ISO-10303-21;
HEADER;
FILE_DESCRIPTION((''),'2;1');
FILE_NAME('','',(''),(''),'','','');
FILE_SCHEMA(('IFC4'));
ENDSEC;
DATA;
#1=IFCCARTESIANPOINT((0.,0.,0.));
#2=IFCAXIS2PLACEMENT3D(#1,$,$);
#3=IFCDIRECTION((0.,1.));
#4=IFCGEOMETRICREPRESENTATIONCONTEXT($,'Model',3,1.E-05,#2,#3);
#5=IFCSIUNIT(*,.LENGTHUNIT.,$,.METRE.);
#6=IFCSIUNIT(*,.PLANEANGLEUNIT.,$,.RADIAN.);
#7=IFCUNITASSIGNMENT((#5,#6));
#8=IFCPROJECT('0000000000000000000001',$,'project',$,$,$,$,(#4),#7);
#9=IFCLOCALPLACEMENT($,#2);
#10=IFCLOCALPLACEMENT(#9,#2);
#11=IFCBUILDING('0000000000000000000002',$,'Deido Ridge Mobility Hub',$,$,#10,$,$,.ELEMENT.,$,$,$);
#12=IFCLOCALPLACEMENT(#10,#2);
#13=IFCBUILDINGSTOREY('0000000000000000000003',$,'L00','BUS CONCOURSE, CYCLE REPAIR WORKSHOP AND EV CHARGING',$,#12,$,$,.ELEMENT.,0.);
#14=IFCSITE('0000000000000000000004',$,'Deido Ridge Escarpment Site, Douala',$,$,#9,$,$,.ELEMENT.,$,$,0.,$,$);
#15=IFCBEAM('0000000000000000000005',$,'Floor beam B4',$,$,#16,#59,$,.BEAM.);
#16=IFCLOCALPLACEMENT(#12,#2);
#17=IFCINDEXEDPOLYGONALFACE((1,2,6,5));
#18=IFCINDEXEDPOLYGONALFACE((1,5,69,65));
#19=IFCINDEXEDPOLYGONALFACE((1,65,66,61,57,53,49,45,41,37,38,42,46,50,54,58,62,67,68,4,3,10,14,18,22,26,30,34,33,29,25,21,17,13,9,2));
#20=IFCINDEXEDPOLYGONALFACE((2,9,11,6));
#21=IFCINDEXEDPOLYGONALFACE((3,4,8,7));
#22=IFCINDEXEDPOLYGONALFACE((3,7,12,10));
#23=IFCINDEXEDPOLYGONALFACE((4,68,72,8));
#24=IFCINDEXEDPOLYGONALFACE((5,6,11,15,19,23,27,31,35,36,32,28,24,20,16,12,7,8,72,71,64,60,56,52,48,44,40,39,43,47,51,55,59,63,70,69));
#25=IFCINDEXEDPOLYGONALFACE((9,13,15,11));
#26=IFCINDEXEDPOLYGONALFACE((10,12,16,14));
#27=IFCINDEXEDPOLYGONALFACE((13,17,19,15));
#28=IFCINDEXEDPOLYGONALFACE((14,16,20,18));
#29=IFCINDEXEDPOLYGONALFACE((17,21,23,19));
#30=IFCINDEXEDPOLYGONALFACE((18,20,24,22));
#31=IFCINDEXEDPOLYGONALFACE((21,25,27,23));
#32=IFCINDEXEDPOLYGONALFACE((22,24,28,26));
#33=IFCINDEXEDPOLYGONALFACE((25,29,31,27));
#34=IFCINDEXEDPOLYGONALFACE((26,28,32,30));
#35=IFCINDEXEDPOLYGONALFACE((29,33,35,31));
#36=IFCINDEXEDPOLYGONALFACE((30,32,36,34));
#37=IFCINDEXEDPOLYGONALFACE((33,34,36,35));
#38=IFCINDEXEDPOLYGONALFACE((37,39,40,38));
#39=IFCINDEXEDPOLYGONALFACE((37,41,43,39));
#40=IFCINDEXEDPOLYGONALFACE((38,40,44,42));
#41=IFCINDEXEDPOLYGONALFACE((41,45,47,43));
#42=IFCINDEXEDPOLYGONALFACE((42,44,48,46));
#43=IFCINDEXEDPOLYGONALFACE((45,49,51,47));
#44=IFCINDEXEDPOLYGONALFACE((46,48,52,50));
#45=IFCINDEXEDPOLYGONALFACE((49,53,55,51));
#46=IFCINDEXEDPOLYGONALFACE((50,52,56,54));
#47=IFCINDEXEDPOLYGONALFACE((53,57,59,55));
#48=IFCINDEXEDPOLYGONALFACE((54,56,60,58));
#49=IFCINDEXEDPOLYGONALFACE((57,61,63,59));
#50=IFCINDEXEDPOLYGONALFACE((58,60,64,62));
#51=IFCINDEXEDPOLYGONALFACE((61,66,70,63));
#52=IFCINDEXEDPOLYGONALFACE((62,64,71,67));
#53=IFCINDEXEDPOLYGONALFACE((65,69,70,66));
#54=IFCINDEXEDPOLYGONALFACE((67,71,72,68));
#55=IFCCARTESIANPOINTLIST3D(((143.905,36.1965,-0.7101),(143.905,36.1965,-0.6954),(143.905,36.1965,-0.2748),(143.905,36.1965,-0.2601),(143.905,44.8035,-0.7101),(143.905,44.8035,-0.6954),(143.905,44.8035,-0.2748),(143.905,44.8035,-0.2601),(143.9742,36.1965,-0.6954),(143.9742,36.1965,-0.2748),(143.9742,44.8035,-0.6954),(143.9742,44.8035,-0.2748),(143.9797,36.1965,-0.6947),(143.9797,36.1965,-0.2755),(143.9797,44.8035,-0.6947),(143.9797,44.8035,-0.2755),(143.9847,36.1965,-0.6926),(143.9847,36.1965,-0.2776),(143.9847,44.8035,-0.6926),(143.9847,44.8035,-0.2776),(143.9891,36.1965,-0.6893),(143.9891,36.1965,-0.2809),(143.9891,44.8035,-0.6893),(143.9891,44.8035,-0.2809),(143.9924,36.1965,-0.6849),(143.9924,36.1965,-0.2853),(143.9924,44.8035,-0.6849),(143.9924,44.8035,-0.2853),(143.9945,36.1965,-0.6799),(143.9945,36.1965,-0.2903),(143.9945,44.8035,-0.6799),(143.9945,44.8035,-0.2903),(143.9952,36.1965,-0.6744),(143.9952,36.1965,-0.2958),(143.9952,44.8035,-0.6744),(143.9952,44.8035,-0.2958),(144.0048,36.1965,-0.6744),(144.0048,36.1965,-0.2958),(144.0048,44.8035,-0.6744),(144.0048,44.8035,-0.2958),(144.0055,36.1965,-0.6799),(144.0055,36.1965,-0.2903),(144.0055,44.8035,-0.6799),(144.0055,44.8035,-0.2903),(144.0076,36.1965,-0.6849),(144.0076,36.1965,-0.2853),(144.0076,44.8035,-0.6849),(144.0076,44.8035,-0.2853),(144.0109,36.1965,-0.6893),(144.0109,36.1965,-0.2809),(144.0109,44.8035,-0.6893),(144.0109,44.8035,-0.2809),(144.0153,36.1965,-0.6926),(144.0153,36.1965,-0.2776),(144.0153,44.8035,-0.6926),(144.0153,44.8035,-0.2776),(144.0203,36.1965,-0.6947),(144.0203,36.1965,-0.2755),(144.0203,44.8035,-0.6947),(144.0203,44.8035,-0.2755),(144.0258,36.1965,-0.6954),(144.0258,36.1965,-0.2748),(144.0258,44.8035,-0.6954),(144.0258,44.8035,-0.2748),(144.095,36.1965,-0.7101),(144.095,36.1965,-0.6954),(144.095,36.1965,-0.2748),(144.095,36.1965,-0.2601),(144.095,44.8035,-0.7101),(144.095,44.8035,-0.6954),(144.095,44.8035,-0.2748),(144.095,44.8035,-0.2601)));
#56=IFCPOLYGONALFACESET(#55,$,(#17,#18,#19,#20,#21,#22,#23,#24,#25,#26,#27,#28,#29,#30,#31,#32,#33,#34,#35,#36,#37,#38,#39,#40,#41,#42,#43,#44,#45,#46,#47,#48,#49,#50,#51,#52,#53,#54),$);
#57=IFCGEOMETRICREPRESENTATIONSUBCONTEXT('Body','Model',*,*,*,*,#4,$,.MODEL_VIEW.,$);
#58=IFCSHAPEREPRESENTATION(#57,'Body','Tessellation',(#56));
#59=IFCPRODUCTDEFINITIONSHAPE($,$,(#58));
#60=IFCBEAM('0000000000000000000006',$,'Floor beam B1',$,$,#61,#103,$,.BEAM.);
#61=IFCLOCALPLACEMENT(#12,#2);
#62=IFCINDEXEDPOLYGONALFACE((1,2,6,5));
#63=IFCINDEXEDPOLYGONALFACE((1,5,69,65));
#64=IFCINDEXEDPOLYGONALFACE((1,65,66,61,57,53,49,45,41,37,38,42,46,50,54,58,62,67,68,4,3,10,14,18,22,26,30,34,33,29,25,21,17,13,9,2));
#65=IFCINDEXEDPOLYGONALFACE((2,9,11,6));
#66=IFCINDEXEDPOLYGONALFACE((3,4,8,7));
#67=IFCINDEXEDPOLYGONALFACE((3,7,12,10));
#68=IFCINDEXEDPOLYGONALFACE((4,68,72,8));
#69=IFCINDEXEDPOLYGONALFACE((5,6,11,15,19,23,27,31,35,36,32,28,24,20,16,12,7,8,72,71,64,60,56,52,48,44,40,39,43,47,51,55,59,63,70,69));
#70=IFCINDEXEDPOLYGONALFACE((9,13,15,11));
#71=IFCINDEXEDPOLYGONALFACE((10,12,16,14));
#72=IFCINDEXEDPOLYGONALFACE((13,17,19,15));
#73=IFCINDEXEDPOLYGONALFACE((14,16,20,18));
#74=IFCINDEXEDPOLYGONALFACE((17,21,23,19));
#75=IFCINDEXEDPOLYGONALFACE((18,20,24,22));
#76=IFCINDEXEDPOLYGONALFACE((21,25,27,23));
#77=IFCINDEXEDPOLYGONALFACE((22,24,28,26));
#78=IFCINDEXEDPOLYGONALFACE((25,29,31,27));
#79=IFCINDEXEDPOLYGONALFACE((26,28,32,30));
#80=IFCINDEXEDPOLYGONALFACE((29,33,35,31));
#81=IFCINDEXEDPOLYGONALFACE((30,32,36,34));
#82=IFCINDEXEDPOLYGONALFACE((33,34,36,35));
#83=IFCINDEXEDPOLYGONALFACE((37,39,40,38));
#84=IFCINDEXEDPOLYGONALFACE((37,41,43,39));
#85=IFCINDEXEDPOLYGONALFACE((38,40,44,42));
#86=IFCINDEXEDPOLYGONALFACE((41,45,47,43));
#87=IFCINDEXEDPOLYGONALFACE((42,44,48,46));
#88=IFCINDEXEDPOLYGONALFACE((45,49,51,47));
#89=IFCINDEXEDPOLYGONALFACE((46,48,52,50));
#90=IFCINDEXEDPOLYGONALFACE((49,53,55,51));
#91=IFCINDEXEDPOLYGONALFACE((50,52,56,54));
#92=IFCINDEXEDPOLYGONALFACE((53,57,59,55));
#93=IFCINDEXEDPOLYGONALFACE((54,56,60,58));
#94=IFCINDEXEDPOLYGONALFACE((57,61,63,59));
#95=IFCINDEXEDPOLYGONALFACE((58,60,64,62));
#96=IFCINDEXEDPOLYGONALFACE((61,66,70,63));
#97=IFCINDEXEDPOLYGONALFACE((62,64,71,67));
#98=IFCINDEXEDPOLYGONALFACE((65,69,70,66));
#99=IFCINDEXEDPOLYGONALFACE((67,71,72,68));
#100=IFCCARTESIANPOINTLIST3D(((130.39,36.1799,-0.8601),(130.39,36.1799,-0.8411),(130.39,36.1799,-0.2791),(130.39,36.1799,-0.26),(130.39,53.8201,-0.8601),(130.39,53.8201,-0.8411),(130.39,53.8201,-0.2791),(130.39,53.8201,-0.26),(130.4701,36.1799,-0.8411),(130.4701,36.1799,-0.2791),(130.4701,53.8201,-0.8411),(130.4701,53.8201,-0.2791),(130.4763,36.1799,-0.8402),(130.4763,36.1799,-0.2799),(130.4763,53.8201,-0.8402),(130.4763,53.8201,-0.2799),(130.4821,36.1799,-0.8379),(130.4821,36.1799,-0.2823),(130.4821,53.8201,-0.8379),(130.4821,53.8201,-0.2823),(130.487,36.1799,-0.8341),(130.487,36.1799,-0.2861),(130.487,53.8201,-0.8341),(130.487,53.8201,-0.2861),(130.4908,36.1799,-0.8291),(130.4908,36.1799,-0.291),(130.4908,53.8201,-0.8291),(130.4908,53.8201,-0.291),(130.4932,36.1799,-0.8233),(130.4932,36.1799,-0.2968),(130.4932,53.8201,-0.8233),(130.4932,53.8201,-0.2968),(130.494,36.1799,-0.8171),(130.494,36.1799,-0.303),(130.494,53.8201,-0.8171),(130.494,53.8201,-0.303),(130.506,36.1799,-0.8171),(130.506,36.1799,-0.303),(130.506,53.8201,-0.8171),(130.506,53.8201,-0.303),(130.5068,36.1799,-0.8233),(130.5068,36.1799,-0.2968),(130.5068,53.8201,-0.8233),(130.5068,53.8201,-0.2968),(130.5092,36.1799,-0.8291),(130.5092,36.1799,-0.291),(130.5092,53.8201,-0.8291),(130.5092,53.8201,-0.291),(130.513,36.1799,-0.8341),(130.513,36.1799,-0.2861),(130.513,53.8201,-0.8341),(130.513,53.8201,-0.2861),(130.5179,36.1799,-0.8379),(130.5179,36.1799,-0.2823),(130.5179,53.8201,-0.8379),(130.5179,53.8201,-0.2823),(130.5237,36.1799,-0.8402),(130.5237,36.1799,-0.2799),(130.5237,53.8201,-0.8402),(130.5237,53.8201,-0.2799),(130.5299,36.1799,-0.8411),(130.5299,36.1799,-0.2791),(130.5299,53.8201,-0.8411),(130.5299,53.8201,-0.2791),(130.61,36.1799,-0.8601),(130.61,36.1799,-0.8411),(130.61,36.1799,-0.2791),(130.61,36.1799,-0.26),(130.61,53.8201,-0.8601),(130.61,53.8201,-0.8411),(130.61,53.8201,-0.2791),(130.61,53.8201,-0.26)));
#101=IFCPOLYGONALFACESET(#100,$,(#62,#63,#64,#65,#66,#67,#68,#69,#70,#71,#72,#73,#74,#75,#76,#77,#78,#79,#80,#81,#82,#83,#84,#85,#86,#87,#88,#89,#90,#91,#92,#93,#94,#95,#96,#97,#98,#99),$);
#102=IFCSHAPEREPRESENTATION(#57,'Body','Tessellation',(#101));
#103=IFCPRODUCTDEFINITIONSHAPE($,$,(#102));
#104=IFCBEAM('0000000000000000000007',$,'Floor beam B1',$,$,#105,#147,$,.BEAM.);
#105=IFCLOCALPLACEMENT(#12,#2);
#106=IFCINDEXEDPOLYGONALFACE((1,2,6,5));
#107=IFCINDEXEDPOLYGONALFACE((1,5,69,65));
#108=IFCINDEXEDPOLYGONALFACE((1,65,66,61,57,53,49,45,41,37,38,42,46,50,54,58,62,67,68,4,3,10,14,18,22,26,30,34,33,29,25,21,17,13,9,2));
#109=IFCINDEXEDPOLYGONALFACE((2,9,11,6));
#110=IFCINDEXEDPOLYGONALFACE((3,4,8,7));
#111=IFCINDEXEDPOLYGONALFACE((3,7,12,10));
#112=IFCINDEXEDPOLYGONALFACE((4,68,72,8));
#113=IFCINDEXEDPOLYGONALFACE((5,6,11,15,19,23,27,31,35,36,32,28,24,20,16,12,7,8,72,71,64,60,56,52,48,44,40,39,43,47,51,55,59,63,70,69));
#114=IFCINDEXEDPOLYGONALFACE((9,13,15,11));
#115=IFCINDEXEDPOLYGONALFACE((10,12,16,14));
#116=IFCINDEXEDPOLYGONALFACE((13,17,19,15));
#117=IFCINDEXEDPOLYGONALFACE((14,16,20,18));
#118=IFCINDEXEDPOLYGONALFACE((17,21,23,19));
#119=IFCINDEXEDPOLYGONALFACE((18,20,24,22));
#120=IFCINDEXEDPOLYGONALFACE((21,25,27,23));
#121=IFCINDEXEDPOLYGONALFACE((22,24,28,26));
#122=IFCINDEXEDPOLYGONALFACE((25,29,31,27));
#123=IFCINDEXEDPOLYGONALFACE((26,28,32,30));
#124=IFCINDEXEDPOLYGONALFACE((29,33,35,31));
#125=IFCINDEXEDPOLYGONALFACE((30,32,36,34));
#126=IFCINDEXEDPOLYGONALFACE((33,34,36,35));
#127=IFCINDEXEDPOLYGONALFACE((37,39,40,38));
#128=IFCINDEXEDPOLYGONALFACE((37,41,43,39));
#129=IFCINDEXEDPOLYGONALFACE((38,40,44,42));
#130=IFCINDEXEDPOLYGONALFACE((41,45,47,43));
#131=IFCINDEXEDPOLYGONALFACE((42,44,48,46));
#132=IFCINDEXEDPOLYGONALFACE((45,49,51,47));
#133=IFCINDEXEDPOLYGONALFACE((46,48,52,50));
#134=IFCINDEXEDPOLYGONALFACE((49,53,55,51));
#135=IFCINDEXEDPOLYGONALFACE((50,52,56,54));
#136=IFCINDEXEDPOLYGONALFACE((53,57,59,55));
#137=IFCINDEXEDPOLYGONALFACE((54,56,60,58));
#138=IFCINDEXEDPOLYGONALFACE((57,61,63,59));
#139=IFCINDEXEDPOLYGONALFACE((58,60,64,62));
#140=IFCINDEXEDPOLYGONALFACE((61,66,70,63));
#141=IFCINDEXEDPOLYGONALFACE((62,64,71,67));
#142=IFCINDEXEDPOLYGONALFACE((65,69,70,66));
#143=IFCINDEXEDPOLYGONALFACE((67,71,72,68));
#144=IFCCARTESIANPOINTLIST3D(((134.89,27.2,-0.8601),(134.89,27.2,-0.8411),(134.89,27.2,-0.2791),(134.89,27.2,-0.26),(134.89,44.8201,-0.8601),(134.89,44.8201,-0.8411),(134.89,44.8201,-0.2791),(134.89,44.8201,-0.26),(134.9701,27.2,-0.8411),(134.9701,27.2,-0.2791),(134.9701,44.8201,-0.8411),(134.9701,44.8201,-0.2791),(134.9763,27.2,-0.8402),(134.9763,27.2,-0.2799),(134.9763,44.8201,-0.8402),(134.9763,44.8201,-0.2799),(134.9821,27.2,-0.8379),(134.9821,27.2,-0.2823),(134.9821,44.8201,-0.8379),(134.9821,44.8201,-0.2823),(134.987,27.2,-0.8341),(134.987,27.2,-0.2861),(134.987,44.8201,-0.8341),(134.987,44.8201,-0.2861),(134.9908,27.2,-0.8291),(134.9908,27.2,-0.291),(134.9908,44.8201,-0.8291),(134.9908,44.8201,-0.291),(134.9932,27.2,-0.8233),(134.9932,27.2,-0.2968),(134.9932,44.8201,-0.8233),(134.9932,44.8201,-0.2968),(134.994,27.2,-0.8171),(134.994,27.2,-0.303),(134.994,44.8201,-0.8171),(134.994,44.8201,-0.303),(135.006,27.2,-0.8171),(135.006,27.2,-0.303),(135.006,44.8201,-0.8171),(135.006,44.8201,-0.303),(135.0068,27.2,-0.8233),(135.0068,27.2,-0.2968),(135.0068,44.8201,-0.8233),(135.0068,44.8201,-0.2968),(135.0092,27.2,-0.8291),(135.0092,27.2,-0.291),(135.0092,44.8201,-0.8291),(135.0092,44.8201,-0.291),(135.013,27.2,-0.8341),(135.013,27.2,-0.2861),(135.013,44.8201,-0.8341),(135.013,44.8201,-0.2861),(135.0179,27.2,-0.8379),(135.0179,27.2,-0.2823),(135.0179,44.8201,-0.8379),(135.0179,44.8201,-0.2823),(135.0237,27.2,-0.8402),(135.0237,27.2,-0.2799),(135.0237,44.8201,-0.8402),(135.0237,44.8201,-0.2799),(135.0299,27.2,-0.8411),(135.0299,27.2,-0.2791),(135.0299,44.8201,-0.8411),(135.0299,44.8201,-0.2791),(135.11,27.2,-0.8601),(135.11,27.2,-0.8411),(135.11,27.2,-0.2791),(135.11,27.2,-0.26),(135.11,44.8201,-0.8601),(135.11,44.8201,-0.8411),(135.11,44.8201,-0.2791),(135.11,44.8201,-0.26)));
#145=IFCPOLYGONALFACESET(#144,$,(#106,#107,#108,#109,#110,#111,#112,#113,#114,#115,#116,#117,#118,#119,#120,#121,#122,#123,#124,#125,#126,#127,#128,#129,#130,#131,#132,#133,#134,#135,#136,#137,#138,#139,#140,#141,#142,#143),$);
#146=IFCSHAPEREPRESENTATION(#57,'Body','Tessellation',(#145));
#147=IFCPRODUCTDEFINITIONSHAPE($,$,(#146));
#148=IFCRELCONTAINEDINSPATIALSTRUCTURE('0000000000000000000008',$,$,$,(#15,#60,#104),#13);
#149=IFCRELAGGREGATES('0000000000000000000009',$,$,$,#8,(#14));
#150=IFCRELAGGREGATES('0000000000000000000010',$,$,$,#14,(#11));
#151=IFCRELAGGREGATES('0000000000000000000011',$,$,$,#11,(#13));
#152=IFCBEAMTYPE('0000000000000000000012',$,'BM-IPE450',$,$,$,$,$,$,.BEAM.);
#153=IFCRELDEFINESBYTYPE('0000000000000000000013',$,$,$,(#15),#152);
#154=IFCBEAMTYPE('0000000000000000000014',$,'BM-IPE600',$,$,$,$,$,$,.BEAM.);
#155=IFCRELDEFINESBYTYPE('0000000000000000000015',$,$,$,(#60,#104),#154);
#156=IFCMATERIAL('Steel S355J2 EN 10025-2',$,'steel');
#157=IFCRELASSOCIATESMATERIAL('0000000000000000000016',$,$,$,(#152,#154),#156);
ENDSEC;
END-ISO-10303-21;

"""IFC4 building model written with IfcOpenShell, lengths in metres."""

from ifc_helpers import new_model, si_unit, direction, frame, origin, origin_2d, place, context, subcontext, project, spatial, i_section, extrude, material, material_profile, profile_set, type_object, element, save


model = new_model("IFC4")

# Units and contexts
model_context = context("Model", 3, precision=1e-05, world=origin(), true_north=direction((0.0, 1.0)))
body_context = subcontext(model_context, "Body", "Model", "MODEL_VIEW")
ifc_project = project(units=[si_unit("LENGTHUNIT", "METRE"), si_unit("PLANEANGLEUNIT", "RADIAN")], contexts=[model_context])

# Site, building, storey
site_placement = place(None, origin())
site = spatial("IfcSite", under=ifc_project, at=site_placement, Name="Deido Ridge Escarpment Site, Douala", CompositionType="ELEMENT", RefElevation=0.0)
building_placement = place(site_placement, origin())
building = spatial("IfcBuilding", under=site, at=building_placement, Name="Deido Ridge Mobility Hub", CompositionType="ELEMENT")
storey_placement = place(building_placement, origin())
storey = spatial("IfcBuildingStorey", under=building, at=storey_placement, Name="L00", Description="BUS CONCOURSE, CYCLE REPAIR WORKSHOP AND EV CHARGING", CompositionType="ELEMENT", Elevation=0.0)

# Shared definitions
ifc_material = material(Name="Steel S355J2 EN 10025-2", Category="steel")

# Beams
ifc_material_profile_1 = material_profile(ifc_material, i_section(OverallWidth=0.1899, OverallDepth=0.45, WebThickness=0.0095, FlangeThickness=0.0146, FilletRadius=0.021, at=origin_2d()), Name="IPE 450")
ifc_profile_set_1 = profile_set([ifc_material_profile_1], Name="Steel S355J2 EN 10025-2")
beam_type_1 = type_object("IfcBeamType", Name="BM-IPE450", PredefinedType="BEAM", material=ifc_profile_set_1)
for number, where, z_axis, x_axis, name in (
    (1, (144.0, 36.1965, -0.4851), (0.0, 1.0, 0.0), (-1.0, 0.0, 0.0), "Floor beam B4"),
):
    element("IfcBeam", number, at=place(storey_placement, frame(where, z_axis=z_axis, x_axis=x_axis)), inside=storey, type_object=beam_type_1, Name=name, PredefinedType="BEAM", context=body_context, shape_type="SweptSolid", body=[
        extrude(i_section(OverallWidth=0.1899, OverallDepth=0.45, WebThickness=0.0095, FlangeThickness=0.0146, FilletRadius=0.021, at=origin_2d()), origin(), (0.0, 0.0, 1.0), 8.6069),
    ])
ifc_material_profile_2 = material_profile(ifc_material, i_section(OverallWidth=0.22, OverallDepth=0.6001, WebThickness=0.012, FlangeThickness=0.019, FilletRadius=0.0239, at=origin_2d()), Name="IPE 600")
ifc_profile_set_2 = profile_set([ifc_material_profile_2], Name="Steel S355J2 EN 10025-2")
beam_type_2 = type_object("IfcBeamType", Name="BM-IPE600", PredefinedType="BEAM", material=ifc_profile_set_2)
beam_1_placement = place(storey_placement, frame((130.5, 36.1799, -0.5601), z_axis=(0.0, 1.0, 0.0), x_axis=(-1.0, 0.0, 0.0)))
element("IfcBeam", 2, at=beam_1_placement, inside=storey, type_object=beam_type_2, Name="Floor beam B1", PredefinedType="BEAM", context=body_context, shape_type="SweptSolid", body=[
    extrude(i_section(OverallWidth=0.22, OverallDepth=0.6001, WebThickness=0.012, FlangeThickness=0.019, FilletRadius=0.0239, at=origin_2d()), origin(), (0.0, 0.0, 1.0), 17.6401),
])
beam_2_placement = place(storey_placement, frame((135.0, 27.2, -0.5601), z_axis=(0.0, 1.0, 0.0), x_axis=(-1.0, 0.0, 0.0)))
element("IfcBeam", 3, at=beam_2_placement, inside=storey, type_object=beam_type_2, Name="Floor beam B1", PredefinedType="BEAM", context=body_context, shape_type="SweptSolid", body=[
    extrude(i_section(OverallWidth=0.22, OverallDepth=0.6001, WebThickness=0.012, FlangeThickness=0.019, FilletRadius=0.0239, at=origin_2d()), origin(), (0.0, 0.0, 1.0), 17.6201),
])

save(model, "model.ifc")
